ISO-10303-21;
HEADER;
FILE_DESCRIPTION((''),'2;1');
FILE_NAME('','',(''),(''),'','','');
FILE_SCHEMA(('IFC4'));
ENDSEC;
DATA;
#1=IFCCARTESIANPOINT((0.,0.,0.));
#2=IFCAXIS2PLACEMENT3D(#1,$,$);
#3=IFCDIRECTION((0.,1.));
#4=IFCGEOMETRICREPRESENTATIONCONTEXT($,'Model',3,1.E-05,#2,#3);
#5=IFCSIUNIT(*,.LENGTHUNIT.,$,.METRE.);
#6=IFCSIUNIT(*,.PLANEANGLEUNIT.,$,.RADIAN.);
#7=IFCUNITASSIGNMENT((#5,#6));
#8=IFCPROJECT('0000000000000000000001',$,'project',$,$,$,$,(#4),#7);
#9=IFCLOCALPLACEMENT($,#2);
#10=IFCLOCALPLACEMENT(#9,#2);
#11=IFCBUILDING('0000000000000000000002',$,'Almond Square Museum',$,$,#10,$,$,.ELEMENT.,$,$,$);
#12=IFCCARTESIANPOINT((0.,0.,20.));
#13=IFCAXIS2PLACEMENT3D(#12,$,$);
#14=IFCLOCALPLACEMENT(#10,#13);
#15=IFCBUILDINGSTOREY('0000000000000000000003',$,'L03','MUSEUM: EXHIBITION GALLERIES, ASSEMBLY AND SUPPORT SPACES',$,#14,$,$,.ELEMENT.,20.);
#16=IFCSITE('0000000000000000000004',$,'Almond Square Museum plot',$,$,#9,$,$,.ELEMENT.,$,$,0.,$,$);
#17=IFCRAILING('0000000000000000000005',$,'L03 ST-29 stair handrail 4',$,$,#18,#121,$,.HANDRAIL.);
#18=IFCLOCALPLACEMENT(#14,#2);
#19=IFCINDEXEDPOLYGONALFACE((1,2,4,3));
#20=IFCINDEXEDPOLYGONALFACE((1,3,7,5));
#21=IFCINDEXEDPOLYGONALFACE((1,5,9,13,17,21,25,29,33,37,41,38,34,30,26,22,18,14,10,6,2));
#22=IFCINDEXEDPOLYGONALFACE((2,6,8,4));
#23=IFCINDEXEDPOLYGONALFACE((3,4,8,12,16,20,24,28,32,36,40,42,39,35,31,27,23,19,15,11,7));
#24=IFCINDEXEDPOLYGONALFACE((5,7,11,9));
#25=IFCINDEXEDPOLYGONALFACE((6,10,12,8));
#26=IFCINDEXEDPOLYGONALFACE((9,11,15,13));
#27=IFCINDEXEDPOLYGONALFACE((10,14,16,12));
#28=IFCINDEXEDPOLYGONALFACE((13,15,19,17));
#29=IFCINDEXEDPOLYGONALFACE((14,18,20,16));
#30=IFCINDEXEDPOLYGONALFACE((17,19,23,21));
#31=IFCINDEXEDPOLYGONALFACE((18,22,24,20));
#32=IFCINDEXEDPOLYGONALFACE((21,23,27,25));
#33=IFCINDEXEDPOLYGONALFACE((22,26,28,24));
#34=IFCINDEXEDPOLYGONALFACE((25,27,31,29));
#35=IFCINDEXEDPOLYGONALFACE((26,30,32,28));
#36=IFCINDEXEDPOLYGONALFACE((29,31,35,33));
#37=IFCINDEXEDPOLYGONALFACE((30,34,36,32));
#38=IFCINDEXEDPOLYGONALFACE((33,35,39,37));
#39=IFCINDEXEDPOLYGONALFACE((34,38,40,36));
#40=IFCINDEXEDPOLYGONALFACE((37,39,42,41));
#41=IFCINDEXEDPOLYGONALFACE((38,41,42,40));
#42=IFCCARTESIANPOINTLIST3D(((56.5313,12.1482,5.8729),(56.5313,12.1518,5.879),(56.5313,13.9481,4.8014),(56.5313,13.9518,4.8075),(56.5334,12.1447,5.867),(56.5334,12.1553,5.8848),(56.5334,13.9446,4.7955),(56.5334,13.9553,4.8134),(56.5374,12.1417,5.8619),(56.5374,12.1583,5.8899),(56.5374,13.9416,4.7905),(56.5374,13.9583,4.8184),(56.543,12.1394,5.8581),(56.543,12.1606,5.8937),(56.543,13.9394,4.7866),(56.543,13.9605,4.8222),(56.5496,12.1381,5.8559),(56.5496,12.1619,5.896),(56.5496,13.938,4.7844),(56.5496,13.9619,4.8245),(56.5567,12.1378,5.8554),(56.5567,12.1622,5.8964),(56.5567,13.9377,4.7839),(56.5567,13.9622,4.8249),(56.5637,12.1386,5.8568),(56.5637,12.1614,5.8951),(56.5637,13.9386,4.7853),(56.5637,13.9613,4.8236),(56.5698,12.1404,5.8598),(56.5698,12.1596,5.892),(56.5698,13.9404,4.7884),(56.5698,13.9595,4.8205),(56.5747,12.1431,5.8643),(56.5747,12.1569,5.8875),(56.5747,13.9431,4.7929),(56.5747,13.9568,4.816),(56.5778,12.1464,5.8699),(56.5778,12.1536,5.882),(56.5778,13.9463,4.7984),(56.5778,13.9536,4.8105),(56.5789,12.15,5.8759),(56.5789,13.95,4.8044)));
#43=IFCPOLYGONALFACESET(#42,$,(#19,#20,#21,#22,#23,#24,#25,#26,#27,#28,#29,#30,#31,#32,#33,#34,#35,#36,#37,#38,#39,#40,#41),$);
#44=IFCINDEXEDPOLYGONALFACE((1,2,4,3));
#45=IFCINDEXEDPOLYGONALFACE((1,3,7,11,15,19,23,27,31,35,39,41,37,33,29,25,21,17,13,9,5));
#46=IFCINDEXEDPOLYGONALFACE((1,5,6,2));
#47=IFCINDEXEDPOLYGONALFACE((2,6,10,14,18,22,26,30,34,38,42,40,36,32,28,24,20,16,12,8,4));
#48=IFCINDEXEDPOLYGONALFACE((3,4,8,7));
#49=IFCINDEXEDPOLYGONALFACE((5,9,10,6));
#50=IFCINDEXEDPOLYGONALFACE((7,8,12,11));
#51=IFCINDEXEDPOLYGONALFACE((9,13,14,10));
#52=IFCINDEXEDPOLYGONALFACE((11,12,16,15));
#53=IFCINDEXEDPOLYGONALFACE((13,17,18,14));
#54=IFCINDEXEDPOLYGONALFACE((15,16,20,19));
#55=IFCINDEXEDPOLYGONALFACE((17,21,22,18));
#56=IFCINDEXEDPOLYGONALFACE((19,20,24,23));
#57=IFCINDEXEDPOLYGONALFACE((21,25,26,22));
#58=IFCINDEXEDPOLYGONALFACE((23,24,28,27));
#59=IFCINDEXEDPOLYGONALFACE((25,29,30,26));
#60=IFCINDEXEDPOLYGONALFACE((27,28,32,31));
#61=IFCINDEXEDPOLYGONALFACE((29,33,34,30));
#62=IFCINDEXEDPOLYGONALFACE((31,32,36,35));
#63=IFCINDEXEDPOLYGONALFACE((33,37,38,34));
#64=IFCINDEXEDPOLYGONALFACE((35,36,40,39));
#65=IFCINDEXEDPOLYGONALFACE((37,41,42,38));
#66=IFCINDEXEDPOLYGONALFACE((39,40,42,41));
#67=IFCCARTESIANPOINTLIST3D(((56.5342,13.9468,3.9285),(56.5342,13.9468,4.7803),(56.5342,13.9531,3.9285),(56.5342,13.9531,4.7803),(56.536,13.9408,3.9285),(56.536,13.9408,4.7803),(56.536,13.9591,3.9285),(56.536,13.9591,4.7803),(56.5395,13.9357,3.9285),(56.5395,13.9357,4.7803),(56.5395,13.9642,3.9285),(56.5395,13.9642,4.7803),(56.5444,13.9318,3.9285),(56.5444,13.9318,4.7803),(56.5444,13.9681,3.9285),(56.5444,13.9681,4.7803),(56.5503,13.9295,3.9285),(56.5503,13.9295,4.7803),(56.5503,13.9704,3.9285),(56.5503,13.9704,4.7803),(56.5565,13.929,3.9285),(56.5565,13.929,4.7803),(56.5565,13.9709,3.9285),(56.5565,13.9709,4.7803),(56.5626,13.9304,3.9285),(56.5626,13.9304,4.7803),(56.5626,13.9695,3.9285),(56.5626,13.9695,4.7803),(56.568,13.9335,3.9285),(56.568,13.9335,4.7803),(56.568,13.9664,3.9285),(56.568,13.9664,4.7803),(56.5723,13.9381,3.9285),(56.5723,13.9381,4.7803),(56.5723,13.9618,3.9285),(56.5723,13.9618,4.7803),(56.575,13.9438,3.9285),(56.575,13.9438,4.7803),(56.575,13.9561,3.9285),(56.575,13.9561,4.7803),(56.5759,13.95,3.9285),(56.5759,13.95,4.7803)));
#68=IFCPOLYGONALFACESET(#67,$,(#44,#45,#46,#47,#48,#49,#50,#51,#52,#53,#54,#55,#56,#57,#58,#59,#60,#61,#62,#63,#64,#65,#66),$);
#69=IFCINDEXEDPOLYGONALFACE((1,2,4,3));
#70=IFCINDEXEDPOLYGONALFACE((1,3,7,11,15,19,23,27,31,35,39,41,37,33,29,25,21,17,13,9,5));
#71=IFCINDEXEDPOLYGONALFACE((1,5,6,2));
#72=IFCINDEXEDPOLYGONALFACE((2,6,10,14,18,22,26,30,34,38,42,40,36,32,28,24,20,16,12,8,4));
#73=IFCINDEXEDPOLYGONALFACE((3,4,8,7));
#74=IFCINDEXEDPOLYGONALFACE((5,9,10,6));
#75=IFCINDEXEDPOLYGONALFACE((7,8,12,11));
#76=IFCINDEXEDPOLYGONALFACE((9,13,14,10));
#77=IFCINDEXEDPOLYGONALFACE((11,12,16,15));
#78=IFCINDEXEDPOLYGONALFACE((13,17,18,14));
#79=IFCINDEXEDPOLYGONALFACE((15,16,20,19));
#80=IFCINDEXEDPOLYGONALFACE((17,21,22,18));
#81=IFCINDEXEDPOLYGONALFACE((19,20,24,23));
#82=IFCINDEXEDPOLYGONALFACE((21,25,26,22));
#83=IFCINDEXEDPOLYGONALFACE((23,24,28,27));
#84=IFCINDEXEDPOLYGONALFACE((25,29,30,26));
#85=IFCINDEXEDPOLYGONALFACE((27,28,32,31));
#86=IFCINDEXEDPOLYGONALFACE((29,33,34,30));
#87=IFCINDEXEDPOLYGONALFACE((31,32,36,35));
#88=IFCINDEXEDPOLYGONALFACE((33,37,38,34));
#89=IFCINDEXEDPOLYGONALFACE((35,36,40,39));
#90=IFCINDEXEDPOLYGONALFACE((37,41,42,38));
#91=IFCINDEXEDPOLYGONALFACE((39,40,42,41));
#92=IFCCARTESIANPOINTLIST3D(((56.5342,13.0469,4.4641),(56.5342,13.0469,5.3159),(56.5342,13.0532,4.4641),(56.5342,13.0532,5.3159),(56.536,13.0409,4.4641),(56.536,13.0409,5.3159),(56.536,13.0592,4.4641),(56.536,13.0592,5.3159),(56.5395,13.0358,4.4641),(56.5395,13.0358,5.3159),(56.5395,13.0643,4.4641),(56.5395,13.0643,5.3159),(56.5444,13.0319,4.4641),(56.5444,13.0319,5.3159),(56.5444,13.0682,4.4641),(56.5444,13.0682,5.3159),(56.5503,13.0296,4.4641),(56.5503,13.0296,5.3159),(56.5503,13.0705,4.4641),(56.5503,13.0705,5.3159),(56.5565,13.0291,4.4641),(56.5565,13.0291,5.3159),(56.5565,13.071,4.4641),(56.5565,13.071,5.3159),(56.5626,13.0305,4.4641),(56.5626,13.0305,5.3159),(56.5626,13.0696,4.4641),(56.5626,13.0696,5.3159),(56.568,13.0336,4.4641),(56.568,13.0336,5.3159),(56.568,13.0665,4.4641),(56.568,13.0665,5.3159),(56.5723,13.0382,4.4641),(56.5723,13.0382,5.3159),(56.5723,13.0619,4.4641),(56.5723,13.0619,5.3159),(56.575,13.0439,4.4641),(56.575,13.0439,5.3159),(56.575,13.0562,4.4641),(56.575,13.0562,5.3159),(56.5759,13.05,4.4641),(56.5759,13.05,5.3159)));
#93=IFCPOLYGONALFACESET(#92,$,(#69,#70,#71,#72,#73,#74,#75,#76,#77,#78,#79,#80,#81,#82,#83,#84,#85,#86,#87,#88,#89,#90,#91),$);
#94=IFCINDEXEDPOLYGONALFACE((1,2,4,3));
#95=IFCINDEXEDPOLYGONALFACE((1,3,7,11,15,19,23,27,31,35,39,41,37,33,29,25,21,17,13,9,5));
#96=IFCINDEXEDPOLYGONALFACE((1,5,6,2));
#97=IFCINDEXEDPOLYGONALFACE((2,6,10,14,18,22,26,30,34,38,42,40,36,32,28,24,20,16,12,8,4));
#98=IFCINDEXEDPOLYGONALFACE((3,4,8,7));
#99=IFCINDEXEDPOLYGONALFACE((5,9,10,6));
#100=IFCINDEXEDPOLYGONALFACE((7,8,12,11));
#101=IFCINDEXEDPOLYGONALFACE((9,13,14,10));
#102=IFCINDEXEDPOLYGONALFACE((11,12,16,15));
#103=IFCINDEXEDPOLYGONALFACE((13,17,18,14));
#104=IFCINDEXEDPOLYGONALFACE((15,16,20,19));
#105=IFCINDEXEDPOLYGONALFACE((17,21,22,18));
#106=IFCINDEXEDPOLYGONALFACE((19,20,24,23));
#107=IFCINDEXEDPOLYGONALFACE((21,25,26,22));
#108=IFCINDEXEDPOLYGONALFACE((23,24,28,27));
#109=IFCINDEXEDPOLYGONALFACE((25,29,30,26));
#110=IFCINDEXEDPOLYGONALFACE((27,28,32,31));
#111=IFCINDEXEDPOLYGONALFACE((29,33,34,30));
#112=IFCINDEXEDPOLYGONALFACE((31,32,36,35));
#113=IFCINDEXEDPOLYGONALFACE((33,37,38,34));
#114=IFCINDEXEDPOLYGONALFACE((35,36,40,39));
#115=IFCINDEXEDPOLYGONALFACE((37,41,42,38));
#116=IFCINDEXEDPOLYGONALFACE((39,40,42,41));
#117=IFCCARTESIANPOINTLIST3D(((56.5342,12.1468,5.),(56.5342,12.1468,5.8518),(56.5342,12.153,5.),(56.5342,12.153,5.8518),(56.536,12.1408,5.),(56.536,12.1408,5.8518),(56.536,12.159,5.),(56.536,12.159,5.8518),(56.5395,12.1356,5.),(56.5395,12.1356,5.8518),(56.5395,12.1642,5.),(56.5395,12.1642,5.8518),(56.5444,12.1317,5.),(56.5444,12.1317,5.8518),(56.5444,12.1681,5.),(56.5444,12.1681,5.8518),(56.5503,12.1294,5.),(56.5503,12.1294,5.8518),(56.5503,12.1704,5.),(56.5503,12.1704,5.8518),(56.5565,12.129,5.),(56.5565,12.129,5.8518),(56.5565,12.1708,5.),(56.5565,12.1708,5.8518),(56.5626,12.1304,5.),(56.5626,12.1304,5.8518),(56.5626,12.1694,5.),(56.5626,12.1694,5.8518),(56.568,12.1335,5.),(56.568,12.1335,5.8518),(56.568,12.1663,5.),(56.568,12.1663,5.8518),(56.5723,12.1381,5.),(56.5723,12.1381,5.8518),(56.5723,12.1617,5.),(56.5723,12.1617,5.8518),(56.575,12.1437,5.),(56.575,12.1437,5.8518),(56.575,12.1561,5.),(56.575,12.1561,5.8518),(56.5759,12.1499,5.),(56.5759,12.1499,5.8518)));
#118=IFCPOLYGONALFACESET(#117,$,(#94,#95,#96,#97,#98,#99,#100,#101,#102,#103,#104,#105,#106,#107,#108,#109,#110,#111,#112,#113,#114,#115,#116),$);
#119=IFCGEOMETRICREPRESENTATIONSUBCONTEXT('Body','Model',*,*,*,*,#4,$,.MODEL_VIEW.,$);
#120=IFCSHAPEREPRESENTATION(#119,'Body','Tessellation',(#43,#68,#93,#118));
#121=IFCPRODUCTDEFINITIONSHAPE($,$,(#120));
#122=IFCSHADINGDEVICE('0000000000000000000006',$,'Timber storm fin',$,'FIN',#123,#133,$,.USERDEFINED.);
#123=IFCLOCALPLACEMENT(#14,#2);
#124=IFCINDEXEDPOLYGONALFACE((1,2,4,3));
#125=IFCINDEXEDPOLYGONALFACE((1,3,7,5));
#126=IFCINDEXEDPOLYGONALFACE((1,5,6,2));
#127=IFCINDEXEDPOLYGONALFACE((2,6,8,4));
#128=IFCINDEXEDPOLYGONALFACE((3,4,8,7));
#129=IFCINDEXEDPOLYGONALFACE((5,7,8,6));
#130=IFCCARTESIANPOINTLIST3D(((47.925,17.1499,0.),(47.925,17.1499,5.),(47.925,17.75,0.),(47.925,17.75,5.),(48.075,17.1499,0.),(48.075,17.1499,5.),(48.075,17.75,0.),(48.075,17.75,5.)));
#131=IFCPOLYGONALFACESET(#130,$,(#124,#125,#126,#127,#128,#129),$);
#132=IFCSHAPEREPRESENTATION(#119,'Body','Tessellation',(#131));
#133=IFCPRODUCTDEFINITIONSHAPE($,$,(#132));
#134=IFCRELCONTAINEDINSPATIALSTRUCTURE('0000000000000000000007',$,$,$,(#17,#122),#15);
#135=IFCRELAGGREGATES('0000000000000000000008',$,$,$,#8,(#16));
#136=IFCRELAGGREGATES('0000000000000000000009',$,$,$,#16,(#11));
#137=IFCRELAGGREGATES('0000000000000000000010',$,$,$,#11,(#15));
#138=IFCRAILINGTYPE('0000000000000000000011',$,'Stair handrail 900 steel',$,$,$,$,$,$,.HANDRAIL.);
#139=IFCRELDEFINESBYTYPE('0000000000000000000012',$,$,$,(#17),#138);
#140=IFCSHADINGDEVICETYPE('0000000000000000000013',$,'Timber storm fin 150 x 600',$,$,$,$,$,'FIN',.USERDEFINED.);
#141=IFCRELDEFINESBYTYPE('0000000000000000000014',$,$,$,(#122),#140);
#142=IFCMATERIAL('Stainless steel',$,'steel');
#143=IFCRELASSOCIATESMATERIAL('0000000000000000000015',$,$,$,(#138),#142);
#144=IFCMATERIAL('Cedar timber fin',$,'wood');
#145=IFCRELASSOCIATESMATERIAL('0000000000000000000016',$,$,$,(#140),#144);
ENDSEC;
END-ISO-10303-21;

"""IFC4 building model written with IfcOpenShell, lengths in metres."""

from ifc_helpers import new_model, si_unit, direction, frame, origin, origin_2d, place, context, subcontext, project, spatial, rectangle, circle, extrude, material, type_object, element, save


model = new_model("IFC4")

# Units and contexts
model_context = context("Model", 3, precision=1e-05, world=origin(), true_north=direction((0.0, 1.0)))
body_context = subcontext(model_context, "Body", "Model", "MODEL_VIEW")
ifc_project = project(units=[si_unit("LENGTHUNIT", "METRE"), si_unit("PLANEANGLEUNIT", "RADIAN")], contexts=[model_context])

# Site, building, storey
site_placement = place(None, origin())
site = spatial("IfcSite", under=ifc_project, at=site_placement, Name="Almond Square Museum plot", CompositionType="ELEMENT", RefElevation=0.0)
building_placement = place(site_placement, origin())
building = spatial("IfcBuilding", under=site, at=building_placement, Name="Almond Square Museum", CompositionType="ELEMENT")
storey_placement = place(building_placement, frame((0.0, 0.0, 20.0)))
storey = spatial("IfcBuildingStorey", under=building, at=storey_placement, Name="L03", Description="MUSEUM: EXHIBITION GALLERIES, ASSEMBLY AND SUPPORT SPACES", CompositionType="ELEMENT", Elevation=20.0)

# Railing
ifc_material_1 = material(Name="Stainless steel", Category="steel")
railing_type = type_object("IfcRailingType", Name="Stair handrail 900 steel", PredefinedType="HANDRAIL", material=ifc_material_1)
for number, where, name in (
    (1, (56.5549, 13.95, 3.9285), "L03 ST-29 stair handrail 4"),
):
    element("IfcRailing", number, at=place(storey_placement, frame(where)), inside=storey, type_object=railing_type, Name=name, PredefinedType="HANDRAIL", context=body_context, shape_type="SweptSolid", body=[
        extrude(circle(Radius=0.0239, at=origin_2d()), frame((0.0, 0.0, 0.876), z_axis=(0.0, -0.859277, 0.51151), x_axis=(1.0, 0.0, 0.0)), (0.0, 0.0, 1.0), 2.0947),
        extrude(circle(Radius=0.021, at=origin_2d()), origin(), (0.0, 0.0, 1.0), 0.8518),
        extrude(circle(Radius=0.021, at=origin_2d()), frame((0.0, -0.8999, 0.5356)), (0.0, 0.0, 1.0), 0.8518),
        extrude(circle(Radius=0.021, at=origin_2d()), frame((0.0, -1.8, 1.0715)), (0.0, 0.0, 1.0), 0.8518),
    ])

# Shading device
ifc_material_2 = material(Name="Cedar timber fin", Category="wood")
shading_device_type_1 = type_object("IfcShadingDeviceType", Name="Timber storm fin 150 x 600", ElementType="FIN", PredefinedType="USERDEFINED", material=ifc_material_2)
shading_device_placement = place(storey_placement, frame((48.0, 17.45, 0.0), z_axis=(0.0, 0.0, 1.0), x_axis=(1.0, 0.0, 0.0)))
element("IfcShadingDevice", 2, at=shading_device_placement, inside=storey, type_object=shading_device_type_1, Name="Timber storm fin", ObjectType="FIN", PredefinedType="USERDEFINED", context=body_context, shape_type="SweptSolid", body=[
    extrude(rectangle(XDim=0.1499, YDim=0.6001, at=origin_2d()), origin(), (0.0, 0.0, 1.0), 5.0),
])

save(model, "model.ifc")
